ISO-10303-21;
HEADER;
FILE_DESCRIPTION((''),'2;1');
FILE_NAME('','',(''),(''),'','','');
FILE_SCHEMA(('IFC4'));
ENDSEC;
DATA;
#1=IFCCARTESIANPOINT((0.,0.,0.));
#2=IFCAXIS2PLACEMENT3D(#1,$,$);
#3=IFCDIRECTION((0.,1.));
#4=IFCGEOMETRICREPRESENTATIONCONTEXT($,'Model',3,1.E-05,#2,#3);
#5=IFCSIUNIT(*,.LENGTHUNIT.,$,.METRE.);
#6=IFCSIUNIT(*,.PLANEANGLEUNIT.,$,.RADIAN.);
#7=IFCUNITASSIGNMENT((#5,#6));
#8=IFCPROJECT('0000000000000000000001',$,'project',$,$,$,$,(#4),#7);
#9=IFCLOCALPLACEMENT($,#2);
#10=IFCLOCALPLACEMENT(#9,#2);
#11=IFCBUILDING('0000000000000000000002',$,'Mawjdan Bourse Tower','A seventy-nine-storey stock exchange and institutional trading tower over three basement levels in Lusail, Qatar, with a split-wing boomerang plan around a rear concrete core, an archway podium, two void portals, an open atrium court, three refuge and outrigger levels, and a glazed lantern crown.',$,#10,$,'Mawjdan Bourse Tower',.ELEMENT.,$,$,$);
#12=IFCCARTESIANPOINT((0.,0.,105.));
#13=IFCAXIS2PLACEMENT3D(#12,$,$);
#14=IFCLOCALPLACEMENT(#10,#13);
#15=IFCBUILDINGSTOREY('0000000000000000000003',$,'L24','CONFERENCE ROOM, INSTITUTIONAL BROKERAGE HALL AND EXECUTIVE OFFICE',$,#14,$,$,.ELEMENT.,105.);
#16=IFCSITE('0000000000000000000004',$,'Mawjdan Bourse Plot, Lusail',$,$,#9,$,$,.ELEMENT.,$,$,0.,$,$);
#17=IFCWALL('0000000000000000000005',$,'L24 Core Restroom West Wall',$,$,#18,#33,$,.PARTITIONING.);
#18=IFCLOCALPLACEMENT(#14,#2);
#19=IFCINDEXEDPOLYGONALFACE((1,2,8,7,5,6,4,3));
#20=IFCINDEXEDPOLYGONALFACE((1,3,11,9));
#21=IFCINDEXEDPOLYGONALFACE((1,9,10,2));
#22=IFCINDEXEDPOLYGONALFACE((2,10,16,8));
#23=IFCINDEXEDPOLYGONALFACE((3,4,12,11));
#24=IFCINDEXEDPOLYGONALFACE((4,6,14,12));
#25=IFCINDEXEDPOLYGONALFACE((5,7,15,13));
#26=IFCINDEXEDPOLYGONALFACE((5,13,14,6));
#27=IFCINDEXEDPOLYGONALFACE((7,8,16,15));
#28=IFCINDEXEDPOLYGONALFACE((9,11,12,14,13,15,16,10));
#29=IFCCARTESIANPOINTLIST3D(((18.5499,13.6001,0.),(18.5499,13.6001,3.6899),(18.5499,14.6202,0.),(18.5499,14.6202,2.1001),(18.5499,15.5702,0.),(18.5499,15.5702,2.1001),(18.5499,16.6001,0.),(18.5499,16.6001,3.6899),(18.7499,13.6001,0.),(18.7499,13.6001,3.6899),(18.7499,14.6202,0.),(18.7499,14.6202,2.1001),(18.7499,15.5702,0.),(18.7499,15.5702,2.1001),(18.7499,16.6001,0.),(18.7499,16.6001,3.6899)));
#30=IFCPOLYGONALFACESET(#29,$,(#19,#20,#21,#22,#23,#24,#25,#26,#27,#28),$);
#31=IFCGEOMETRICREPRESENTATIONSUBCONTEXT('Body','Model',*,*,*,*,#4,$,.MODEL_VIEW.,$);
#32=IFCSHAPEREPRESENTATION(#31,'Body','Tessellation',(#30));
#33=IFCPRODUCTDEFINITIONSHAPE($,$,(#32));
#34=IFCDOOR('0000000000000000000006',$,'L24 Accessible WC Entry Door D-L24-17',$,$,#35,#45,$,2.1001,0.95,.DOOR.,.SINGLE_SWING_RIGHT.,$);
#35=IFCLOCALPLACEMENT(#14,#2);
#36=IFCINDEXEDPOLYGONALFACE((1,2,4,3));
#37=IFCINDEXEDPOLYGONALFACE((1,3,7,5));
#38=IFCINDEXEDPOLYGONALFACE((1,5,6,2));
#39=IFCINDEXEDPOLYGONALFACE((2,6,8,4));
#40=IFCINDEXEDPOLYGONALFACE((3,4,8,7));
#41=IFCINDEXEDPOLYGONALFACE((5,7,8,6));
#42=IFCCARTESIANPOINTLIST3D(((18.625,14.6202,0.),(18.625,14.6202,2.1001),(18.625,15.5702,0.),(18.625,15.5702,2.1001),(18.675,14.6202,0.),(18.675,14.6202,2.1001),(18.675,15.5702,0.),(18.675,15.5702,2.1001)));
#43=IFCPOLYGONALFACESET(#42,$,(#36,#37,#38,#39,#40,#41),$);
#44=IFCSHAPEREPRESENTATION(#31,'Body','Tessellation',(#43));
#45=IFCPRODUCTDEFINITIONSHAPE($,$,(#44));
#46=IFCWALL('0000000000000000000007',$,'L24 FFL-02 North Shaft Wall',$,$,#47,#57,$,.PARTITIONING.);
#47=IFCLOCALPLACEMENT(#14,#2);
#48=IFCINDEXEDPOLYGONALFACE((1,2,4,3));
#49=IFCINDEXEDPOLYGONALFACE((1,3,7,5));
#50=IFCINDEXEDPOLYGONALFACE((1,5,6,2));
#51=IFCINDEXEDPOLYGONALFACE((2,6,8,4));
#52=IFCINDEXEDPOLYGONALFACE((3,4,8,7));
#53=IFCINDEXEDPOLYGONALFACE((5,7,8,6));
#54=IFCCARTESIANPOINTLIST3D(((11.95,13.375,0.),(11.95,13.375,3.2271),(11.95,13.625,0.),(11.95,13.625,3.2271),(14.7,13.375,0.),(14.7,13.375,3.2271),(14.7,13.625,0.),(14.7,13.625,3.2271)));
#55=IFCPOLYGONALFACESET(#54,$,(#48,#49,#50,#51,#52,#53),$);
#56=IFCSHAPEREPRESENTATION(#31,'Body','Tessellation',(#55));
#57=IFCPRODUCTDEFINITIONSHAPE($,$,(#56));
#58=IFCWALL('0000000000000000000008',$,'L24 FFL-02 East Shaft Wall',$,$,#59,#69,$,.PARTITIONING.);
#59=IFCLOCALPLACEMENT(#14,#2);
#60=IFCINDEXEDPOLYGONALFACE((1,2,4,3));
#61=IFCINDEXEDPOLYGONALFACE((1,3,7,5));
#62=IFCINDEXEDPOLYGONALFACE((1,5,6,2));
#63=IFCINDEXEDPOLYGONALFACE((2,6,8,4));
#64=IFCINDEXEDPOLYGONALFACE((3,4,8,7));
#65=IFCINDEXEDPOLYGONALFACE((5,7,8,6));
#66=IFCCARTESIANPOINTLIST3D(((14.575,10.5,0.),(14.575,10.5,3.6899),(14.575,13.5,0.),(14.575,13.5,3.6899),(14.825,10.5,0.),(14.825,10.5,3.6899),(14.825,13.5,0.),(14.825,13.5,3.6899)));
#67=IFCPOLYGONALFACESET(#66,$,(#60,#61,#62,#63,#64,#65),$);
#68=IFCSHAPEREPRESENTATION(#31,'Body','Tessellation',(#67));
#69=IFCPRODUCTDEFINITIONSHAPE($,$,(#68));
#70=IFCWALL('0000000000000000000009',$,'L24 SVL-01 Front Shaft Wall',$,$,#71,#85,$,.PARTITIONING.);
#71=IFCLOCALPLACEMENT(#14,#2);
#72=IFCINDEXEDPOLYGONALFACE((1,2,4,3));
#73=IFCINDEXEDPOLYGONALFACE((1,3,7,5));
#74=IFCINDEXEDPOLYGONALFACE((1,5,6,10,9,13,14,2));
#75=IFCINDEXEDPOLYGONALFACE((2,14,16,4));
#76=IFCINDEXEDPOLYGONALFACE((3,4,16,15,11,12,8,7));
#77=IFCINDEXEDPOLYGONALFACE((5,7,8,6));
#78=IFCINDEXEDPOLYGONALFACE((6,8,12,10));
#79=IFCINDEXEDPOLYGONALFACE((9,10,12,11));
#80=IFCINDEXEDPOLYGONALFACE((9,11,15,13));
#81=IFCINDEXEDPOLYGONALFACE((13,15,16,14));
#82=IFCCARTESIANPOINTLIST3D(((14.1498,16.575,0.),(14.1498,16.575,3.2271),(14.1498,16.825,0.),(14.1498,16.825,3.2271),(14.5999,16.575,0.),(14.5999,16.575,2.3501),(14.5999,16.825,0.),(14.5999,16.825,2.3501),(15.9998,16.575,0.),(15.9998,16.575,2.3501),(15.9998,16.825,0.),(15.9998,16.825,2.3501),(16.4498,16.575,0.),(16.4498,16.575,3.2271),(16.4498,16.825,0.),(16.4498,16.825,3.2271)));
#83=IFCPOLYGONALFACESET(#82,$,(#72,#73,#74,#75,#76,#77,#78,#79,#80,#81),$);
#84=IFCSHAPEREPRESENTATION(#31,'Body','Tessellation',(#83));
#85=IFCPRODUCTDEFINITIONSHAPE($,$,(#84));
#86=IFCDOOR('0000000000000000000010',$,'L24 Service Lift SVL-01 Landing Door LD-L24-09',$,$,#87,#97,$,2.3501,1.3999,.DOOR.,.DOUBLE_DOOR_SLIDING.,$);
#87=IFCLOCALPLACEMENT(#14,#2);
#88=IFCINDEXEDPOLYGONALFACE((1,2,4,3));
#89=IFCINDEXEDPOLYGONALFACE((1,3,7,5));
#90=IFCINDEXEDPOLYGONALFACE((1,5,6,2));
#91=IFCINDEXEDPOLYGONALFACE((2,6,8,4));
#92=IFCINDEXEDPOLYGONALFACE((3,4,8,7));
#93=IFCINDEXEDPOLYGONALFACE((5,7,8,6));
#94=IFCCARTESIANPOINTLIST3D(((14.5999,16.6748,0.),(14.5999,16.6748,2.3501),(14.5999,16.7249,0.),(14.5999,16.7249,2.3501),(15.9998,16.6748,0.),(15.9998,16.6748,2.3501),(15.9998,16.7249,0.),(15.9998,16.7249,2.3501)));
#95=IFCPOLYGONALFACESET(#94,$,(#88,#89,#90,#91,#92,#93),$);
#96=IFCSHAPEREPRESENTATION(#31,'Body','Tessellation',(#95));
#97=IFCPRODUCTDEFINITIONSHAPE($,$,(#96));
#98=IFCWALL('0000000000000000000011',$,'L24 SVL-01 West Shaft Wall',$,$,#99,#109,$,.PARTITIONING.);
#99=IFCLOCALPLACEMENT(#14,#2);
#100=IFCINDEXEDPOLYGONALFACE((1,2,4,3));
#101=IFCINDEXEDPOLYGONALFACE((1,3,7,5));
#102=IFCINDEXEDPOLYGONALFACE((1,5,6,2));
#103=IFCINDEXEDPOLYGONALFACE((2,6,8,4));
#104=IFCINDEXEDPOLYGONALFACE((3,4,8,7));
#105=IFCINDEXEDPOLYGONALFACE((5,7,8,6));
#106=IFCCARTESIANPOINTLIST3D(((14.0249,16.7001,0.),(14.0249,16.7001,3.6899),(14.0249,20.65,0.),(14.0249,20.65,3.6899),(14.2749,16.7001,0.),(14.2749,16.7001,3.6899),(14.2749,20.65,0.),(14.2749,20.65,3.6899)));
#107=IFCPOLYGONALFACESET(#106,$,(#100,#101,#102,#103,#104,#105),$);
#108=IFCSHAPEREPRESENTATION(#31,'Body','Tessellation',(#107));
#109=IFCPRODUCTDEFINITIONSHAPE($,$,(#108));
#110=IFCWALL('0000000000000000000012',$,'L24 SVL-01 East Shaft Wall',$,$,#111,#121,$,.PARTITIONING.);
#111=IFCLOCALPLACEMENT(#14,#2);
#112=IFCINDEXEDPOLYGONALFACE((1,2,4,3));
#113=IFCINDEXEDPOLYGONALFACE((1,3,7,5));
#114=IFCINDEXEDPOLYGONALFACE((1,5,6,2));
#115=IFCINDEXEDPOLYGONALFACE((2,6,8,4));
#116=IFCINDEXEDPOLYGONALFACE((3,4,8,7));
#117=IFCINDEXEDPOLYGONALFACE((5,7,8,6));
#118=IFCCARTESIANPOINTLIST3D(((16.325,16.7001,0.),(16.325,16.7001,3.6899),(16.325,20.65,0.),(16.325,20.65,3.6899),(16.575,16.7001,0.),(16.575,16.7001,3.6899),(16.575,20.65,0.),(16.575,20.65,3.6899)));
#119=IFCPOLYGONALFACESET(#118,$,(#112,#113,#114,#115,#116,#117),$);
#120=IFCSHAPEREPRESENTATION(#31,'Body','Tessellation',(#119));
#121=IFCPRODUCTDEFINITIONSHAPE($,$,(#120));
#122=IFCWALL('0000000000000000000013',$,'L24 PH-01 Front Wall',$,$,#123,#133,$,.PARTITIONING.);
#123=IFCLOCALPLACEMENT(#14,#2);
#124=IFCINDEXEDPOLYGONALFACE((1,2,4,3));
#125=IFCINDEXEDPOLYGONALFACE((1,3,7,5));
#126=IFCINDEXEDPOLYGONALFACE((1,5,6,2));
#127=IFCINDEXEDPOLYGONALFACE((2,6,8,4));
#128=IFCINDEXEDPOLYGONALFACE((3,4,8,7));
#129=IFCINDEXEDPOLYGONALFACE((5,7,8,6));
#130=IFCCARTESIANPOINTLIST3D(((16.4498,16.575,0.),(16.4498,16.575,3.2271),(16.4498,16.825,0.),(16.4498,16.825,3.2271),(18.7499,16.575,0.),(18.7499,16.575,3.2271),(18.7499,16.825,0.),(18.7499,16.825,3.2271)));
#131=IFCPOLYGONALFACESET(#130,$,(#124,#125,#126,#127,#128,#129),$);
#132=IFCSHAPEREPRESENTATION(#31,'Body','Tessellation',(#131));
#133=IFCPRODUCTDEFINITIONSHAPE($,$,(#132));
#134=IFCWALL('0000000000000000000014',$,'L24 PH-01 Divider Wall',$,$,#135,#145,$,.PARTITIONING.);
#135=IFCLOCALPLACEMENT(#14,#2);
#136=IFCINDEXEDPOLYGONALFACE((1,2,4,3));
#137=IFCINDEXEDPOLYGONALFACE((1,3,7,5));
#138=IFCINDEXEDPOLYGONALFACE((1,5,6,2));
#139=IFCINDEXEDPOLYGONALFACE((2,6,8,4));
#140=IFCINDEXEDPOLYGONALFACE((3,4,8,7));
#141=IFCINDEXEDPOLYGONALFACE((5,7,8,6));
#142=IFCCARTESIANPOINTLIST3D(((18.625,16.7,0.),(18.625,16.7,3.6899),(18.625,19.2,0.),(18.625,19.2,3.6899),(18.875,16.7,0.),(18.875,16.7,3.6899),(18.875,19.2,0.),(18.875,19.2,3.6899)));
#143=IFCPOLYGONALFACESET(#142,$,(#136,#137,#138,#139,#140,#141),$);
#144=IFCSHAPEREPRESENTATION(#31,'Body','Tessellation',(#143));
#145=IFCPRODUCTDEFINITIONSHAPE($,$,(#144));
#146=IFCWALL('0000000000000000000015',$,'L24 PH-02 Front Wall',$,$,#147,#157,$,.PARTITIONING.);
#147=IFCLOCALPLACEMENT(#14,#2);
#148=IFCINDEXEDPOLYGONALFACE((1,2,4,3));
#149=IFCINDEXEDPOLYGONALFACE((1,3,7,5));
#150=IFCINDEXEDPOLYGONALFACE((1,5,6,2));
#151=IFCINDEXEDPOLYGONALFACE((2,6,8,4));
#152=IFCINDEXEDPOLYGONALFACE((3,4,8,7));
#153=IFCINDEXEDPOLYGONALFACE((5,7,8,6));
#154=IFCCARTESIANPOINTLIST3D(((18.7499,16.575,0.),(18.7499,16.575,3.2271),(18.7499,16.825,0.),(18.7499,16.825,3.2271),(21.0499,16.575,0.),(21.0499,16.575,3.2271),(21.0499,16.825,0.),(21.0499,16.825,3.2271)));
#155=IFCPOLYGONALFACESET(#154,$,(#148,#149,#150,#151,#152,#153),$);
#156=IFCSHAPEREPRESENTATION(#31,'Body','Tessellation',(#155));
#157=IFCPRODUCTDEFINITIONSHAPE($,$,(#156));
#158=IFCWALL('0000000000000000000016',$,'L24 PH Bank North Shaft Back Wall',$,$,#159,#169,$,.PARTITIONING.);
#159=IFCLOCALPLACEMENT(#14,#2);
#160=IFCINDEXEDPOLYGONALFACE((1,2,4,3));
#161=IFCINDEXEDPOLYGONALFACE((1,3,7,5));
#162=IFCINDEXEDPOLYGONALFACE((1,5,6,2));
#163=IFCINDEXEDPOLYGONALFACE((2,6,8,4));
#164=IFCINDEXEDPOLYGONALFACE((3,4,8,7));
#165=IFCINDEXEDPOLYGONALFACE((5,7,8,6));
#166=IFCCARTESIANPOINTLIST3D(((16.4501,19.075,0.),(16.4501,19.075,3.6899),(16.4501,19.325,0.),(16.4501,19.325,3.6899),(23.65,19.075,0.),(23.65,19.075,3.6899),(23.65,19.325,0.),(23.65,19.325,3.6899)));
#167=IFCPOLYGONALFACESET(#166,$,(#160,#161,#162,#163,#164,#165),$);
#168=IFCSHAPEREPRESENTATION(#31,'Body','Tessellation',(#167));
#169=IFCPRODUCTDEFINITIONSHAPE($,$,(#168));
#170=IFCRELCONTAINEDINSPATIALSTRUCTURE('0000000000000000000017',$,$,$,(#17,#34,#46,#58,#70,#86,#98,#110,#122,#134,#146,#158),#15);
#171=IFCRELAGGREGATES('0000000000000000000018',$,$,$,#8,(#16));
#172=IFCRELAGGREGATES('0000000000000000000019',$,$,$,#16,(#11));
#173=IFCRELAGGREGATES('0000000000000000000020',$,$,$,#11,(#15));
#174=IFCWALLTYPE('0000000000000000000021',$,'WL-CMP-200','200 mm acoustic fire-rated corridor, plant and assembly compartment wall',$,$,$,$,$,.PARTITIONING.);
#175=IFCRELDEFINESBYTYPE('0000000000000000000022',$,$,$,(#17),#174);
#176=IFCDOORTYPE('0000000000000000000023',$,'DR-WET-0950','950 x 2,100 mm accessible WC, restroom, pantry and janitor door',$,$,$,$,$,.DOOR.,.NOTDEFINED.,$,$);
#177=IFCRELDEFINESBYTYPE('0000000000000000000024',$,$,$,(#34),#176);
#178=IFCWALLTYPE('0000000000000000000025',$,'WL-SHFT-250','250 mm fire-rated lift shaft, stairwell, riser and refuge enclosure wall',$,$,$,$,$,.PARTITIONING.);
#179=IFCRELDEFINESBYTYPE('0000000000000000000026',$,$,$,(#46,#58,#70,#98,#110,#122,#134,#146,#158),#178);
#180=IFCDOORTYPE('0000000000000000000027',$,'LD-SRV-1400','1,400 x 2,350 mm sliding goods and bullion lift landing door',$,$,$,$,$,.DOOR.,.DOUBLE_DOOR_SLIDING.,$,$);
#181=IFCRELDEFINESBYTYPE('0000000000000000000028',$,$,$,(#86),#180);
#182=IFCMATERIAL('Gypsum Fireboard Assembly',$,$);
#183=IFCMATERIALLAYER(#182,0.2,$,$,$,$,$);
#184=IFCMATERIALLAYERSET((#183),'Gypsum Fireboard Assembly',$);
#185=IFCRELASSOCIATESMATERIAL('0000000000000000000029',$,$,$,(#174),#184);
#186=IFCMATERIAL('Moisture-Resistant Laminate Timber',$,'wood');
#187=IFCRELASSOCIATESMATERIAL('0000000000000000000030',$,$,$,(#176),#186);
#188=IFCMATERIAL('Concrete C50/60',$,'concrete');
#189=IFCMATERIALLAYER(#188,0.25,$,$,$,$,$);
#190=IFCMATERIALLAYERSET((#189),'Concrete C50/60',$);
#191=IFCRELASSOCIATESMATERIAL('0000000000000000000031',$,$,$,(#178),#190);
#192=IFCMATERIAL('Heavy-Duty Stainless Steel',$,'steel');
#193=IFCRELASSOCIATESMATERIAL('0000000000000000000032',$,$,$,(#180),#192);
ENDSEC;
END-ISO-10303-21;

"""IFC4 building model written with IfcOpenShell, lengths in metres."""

from ifc_helpers import new_model, si_unit, direction, frame, frame_2d, origin, place, context, subcontext, project, spatial, rectangle, extrude, material, layer, layer_set, type_object, element, fill, save


model = new_model("IFC4")

# Units and contexts
model_context = context("Model", 3, precision=1e-05, world=origin(), true_north=direction((0.0, 1.0)))
body_context = subcontext(model_context, "Body", "Model", "MODEL_VIEW")
ifc_project = project(units=[si_unit("LENGTHUNIT", "METRE"), si_unit("PLANEANGLEUNIT", "RADIAN")], contexts=[model_context])

# Site, building, storey
site_placement = place(None, origin())
site = spatial("IfcSite", under=ifc_project, at=site_placement, Name="Mawjdan Bourse Plot, Lusail", CompositionType="ELEMENT", RefElevation=0.0)
building_placement = place(site_placement, origin())
building = spatial("IfcBuilding", under=site, at=building_placement, Name="Mawjdan Bourse Tower", Description="A seventy-nine-storey stock exchange and institutional trading tower over three basement levels in Lusail, Qatar, with a split-wing boomerang plan around a rear concrete core, an archway podium, two void portals, an open atrium court, three refuge and outrigger levels, and a glazed lantern crown.", LongName="Mawjdan Bourse Tower", CompositionType="ELEMENT")
storey_placement = place(building_placement, frame((0.0, 0.0, 105.0)))
storey = spatial("IfcBuildingStorey", under=building, at=storey_placement, Name="L24", Description="CONFERENCE ROOM, INSTITUTIONAL BROKERAGE HALL AND EXECUTIVE OFFICE", CompositionType="ELEMENT", Elevation=105.0)

# Wall, opening, door
ifc_material_1 = material(Name="Gypsum Fireboard Assembly")
ifc_layer_1 = layer(ifc_material_1, 0.2)
ifc_layer_set_1 = layer_set([ifc_layer_1], Name="Gypsum Fireboard Assembly")
wall_type_1 = type_object("IfcWallType", Name="WL-CMP-200", Description="200 mm acoustic fire-rated corridor, plant and assembly compartment wall", PredefinedType="PARTITIONING", material=ifc_layer_set_1)
wall_1_placement = place(storey_placement, frame((18.6499, 13.6001, 0.0), z_axis=(0.0, 0.0, 1.0), x_axis=(0.0, 1.0, 0.0)))
wall_1 = element("IfcWall", 1, at=wall_1_placement, inside=storey, type_object=wall_type_1, Name="L24 Core Restroom West Wall", PredefinedType="PARTITIONING", context=body_context, shape_type="SweptSolid", body=[
    extrude(rectangle(XDim=3.0, YDim=0.2, at=frame_2d((1.5, 0.0))), origin(), (0.0, 0.0, 1.0), 3.6899),
])
opening_1_placement = place(wall_1_placement, frame((1.02, 0.0, 0.0)))
opening_1 = element("IfcOpeningElement", 2, at=opening_1_placement, cuts=wall_1, PredefinedType="OPENING", context=body_context, shape_type="SweptSolid", body=[
    extrude(rectangle(XDim=0.95, YDim=2.1001, at=frame_2d((0.4751, 1.05))), frame((0.0, 0.1099, 0.0), z_axis=(0.0, -1.0, 0.0), x_axis=(1.0, 0.0, 0.0)), (0.0, 0.0, 1.0), 0.22),
])
ifc_material_2 = material(Name="Moisture-Resistant Laminate Timber", Category="wood")
door_type_1 = type_object("IfcDoorType", Name="DR-WET-0950", Description="950 x 2,100 mm accessible WC, restroom, pantry and janitor door", OperationType="NOTDEFINED", PredefinedType="DOOR", material=ifc_material_2)
door_1_placement = place(opening_1_placement, origin())
door_1 = element("IfcDoor", 3, at=door_1_placement, inside=storey, type_object=door_type_1, Name="L24 Accessible WC Entry Door D-L24-17", OperationType="SINGLE_SWING_RIGHT", OverallHeight=2.1001, OverallWidth=0.95, PredefinedType="DOOR", context=body_context, shape_type="SweptSolid", body=[
    extrude(rectangle(XDim=0.95, YDim=2.1001, at=frame_2d((0.4751, 1.05))), frame((0.0, 0.0249, 0.0), z_axis=(0.0, -1.0, 0.0), x_axis=(1.0, 0.0, 0.0)), (0.0, 0.0, 1.0), 0.05),
])
fill(opening_1, door_1)

# Walls
ifc_material_3 = material(Name="Concrete C50/60", Category="concrete")
ifc_layer_2 = layer(ifc_material_3, 0.25)
ifc_layer_set_2 = layer_set([ifc_layer_2], Name="Concrete C50/60")
wall_type_2 = type_object("IfcWallType", Name="WL-SHFT-250", Description="250 mm fire-rated lift shaft, stairwell, riser and refuge enclosure wall", PredefinedType="PARTITIONING", material=ifc_layer_set_2)
wall_2_placement = place(storey_placement, frame((11.95, 13.5, 0.0), z_axis=(0.0, 0.0, 1.0), x_axis=(1.0, 0.0, 0.0)))
element("IfcWall", 4, at=wall_2_placement, inside=storey, type_object=wall_type_2, Name="L24 FFL-02 North Shaft Wall", PredefinedType="PARTITIONING", context=body_context, shape_type="SweptSolid", body=[
    extrude(rectangle(XDim=2.75, YDim=0.25, at=frame_2d((1.375, 0.0))), origin(), (0.0, 0.0, 1.0), 3.2271),
])
wall_3_placement = place(storey_placement, frame((14.7, 10.5, 0.0), z_axis=(0.0, 0.0, 1.0), x_axis=(0.0, 1.0, 0.0)))
element("IfcWall", 5, at=wall_3_placement, inside=storey, type_object=wall_type_2, Name="L24 FFL-02 East Shaft Wall", PredefinedType="PARTITIONING", context=body_context, shape_type="SweptSolid", body=[
    extrude(rectangle(XDim=3.0, YDim=0.25, at=frame_2d((1.5, 0.0))), origin(), (0.0, 0.0, 1.0), 3.6899),
])

# Wall, opening, door
wall_4_placement = place(storey_placement, frame((14.1499, 16.7, 0.0), z_axis=(0.0, 0.0, 1.0), x_axis=(1.0, 0.0, 0.0)))
wall_4 = element("IfcWall", 6, at=wall_4_placement, inside=storey, type_object=wall_type_2, Name="L24 SVL-01 Front Shaft Wall", PredefinedType="PARTITIONING", context=body_context, shape_type="SweptSolid", body=[
    extrude(rectangle(XDim=2.3, YDim=0.25, at=frame_2d((1.1499, 0.0))), origin(), (0.0, 0.0, 1.0), 3.2271),
])
opening_2_placement = place(wall_4_placement, frame((0.45, 0.0, 0.0)))
opening_2 = element("IfcOpeningElement", 7, at=opening_2_placement, cuts=wall_4, PredefinedType="OPENING", context=body_context, shape_type="SweptSolid", body=[
    extrude(rectangle(XDim=1.3999, YDim=2.3501, at=frame_2d((0.7, 1.175))), frame((0.0, 0.135, 0.0), z_axis=(0.0, -1.0, 0.0), x_axis=(1.0, 0.0, 0.0)), (0.0, 0.0, 1.0), 0.27),
])
ifc_material_4 = material(Name="Heavy-Duty Stainless Steel", Category="steel")
door_type_2 = type_object("IfcDoorType", Name="LD-SRV-1400", Description="1,400 x 2,350 mm sliding goods and bullion lift landing door", OperationType="DOUBLE_DOOR_SLIDING", PredefinedType="DOOR", material=ifc_material_4)
door_2_placement = place(opening_2_placement, origin())
door_2 = element("IfcDoor", 8, at=door_2_placement, inside=storey, type_object=door_type_2, Name="L24 Service Lift SVL-01 Landing Door LD-L24-09", OperationType="DOUBLE_DOOR_SLIDING", OverallHeight=2.3501, OverallWidth=1.3999, PredefinedType="DOOR", context=body_context, shape_type="SweptSolid", body=[
    extrude(rectangle(XDim=1.3999, YDim=2.3501, at=frame_2d((0.7, 1.175))), frame((0.0, 0.0249, 0.0), z_axis=(0.0, -1.0, 0.0), x_axis=(1.0, 0.0, 0.0)), (0.0, 0.0, 1.0), 0.05),
])
fill(opening_2, door_2)

# Walls
for number, where, z_axis, x_axis, name in (
    (9, (14.1499, 16.7, 0.0), (0.0, 0.0, 1.0), (0.0, 1.0, 0.0), "L24 SVL-01 West Shaft Wall"),
    (10, (16.45, 16.7, 0.0), (0.0, 0.0, 1.0), (0.0, 1.0, 0.0), "L24 SVL-01 East Shaft Wall"),
):
    element("IfcWall", number, at=place(storey_placement, frame(where, z_axis=z_axis, x_axis=x_axis)), inside=storey, type_object=wall_type_2, Name=name, PredefinedType="PARTITIONING", context=body_context, shape_type="SweptSolid", body=[
        extrude(rectangle(XDim=3.95, YDim=0.25, at=frame_2d((1.9751, 0.0))), origin(), (0.0, 0.0, 1.0), 3.6899),
    ])
wall_5_placement = place(storey_placement, frame((16.45, 16.7, 0.0), z_axis=(0.0, 0.0, 1.0), x_axis=(1.0, 0.0, 0.0)))
element("IfcWall", 11, at=wall_5_placement, inside=storey, type_object=wall_type_2, Name="L24 PH-01 Front Wall", PredefinedType="PARTITIONING", context=body_context, shape_type="SweptSolid", body=[
    extrude(rectangle(XDim=2.3, YDim=0.25, at=frame_2d((1.1499, 0.0))), origin(), (0.0, 0.0, 1.0), 3.2271),
])
wall_6_placement = place(storey_placement, frame((18.75, 16.7, 0.0), z_axis=(0.0, 0.0, 1.0), x_axis=(0.0, 1.0, 0.0)))
element("IfcWall", 12, at=wall_6_placement, inside=storey, type_object=wall_type_2, Name="L24 PH-01 Divider Wall", PredefinedType="PARTITIONING", context=body_context, shape_type="SweptSolid", body=[
    extrude(rectangle(XDim=2.5, YDim=0.25, at=frame_2d((1.25, 0.0))), origin(), (0.0, 0.0, 1.0), 3.6899),
])
wall_7_placement = place(storey_placement, frame((18.75, 16.7, 0.0), z_axis=(0.0, 0.0, 1.0), x_axis=(1.0, 0.0, 0.0)))
element("IfcWall", 13, at=wall_7_placement, inside=storey, type_object=wall_type_2, Name="L24 PH-02 Front Wall", PredefinedType="PARTITIONING", context=body_context, shape_type="SweptSolid", body=[
    extrude(rectangle(XDim=2.3, YDim=0.25, at=frame_2d((1.1499, 0.0))), origin(), (0.0, 0.0, 1.0), 3.2271),
])
wall_8_placement = place(storey_placement, frame((16.45, 19.2, 0.0), z_axis=(0.0, 0.0, 1.0), x_axis=(1.0, 0.0, 0.0)))
element("IfcWall", 14, at=wall_8_placement, inside=storey, type_object=wall_type_2, Name="L24 PH Bank North Shaft Back Wall", PredefinedType="PARTITIONING", context=body_context, shape_type="SweptSolid", body=[
    extrude(rectangle(XDim=7.2, YDim=0.25, at=frame_2d((3.6001, 0.0))), origin(), (0.0, 0.0, 1.0), 3.6899),
])

save(model, "model.ifc")
